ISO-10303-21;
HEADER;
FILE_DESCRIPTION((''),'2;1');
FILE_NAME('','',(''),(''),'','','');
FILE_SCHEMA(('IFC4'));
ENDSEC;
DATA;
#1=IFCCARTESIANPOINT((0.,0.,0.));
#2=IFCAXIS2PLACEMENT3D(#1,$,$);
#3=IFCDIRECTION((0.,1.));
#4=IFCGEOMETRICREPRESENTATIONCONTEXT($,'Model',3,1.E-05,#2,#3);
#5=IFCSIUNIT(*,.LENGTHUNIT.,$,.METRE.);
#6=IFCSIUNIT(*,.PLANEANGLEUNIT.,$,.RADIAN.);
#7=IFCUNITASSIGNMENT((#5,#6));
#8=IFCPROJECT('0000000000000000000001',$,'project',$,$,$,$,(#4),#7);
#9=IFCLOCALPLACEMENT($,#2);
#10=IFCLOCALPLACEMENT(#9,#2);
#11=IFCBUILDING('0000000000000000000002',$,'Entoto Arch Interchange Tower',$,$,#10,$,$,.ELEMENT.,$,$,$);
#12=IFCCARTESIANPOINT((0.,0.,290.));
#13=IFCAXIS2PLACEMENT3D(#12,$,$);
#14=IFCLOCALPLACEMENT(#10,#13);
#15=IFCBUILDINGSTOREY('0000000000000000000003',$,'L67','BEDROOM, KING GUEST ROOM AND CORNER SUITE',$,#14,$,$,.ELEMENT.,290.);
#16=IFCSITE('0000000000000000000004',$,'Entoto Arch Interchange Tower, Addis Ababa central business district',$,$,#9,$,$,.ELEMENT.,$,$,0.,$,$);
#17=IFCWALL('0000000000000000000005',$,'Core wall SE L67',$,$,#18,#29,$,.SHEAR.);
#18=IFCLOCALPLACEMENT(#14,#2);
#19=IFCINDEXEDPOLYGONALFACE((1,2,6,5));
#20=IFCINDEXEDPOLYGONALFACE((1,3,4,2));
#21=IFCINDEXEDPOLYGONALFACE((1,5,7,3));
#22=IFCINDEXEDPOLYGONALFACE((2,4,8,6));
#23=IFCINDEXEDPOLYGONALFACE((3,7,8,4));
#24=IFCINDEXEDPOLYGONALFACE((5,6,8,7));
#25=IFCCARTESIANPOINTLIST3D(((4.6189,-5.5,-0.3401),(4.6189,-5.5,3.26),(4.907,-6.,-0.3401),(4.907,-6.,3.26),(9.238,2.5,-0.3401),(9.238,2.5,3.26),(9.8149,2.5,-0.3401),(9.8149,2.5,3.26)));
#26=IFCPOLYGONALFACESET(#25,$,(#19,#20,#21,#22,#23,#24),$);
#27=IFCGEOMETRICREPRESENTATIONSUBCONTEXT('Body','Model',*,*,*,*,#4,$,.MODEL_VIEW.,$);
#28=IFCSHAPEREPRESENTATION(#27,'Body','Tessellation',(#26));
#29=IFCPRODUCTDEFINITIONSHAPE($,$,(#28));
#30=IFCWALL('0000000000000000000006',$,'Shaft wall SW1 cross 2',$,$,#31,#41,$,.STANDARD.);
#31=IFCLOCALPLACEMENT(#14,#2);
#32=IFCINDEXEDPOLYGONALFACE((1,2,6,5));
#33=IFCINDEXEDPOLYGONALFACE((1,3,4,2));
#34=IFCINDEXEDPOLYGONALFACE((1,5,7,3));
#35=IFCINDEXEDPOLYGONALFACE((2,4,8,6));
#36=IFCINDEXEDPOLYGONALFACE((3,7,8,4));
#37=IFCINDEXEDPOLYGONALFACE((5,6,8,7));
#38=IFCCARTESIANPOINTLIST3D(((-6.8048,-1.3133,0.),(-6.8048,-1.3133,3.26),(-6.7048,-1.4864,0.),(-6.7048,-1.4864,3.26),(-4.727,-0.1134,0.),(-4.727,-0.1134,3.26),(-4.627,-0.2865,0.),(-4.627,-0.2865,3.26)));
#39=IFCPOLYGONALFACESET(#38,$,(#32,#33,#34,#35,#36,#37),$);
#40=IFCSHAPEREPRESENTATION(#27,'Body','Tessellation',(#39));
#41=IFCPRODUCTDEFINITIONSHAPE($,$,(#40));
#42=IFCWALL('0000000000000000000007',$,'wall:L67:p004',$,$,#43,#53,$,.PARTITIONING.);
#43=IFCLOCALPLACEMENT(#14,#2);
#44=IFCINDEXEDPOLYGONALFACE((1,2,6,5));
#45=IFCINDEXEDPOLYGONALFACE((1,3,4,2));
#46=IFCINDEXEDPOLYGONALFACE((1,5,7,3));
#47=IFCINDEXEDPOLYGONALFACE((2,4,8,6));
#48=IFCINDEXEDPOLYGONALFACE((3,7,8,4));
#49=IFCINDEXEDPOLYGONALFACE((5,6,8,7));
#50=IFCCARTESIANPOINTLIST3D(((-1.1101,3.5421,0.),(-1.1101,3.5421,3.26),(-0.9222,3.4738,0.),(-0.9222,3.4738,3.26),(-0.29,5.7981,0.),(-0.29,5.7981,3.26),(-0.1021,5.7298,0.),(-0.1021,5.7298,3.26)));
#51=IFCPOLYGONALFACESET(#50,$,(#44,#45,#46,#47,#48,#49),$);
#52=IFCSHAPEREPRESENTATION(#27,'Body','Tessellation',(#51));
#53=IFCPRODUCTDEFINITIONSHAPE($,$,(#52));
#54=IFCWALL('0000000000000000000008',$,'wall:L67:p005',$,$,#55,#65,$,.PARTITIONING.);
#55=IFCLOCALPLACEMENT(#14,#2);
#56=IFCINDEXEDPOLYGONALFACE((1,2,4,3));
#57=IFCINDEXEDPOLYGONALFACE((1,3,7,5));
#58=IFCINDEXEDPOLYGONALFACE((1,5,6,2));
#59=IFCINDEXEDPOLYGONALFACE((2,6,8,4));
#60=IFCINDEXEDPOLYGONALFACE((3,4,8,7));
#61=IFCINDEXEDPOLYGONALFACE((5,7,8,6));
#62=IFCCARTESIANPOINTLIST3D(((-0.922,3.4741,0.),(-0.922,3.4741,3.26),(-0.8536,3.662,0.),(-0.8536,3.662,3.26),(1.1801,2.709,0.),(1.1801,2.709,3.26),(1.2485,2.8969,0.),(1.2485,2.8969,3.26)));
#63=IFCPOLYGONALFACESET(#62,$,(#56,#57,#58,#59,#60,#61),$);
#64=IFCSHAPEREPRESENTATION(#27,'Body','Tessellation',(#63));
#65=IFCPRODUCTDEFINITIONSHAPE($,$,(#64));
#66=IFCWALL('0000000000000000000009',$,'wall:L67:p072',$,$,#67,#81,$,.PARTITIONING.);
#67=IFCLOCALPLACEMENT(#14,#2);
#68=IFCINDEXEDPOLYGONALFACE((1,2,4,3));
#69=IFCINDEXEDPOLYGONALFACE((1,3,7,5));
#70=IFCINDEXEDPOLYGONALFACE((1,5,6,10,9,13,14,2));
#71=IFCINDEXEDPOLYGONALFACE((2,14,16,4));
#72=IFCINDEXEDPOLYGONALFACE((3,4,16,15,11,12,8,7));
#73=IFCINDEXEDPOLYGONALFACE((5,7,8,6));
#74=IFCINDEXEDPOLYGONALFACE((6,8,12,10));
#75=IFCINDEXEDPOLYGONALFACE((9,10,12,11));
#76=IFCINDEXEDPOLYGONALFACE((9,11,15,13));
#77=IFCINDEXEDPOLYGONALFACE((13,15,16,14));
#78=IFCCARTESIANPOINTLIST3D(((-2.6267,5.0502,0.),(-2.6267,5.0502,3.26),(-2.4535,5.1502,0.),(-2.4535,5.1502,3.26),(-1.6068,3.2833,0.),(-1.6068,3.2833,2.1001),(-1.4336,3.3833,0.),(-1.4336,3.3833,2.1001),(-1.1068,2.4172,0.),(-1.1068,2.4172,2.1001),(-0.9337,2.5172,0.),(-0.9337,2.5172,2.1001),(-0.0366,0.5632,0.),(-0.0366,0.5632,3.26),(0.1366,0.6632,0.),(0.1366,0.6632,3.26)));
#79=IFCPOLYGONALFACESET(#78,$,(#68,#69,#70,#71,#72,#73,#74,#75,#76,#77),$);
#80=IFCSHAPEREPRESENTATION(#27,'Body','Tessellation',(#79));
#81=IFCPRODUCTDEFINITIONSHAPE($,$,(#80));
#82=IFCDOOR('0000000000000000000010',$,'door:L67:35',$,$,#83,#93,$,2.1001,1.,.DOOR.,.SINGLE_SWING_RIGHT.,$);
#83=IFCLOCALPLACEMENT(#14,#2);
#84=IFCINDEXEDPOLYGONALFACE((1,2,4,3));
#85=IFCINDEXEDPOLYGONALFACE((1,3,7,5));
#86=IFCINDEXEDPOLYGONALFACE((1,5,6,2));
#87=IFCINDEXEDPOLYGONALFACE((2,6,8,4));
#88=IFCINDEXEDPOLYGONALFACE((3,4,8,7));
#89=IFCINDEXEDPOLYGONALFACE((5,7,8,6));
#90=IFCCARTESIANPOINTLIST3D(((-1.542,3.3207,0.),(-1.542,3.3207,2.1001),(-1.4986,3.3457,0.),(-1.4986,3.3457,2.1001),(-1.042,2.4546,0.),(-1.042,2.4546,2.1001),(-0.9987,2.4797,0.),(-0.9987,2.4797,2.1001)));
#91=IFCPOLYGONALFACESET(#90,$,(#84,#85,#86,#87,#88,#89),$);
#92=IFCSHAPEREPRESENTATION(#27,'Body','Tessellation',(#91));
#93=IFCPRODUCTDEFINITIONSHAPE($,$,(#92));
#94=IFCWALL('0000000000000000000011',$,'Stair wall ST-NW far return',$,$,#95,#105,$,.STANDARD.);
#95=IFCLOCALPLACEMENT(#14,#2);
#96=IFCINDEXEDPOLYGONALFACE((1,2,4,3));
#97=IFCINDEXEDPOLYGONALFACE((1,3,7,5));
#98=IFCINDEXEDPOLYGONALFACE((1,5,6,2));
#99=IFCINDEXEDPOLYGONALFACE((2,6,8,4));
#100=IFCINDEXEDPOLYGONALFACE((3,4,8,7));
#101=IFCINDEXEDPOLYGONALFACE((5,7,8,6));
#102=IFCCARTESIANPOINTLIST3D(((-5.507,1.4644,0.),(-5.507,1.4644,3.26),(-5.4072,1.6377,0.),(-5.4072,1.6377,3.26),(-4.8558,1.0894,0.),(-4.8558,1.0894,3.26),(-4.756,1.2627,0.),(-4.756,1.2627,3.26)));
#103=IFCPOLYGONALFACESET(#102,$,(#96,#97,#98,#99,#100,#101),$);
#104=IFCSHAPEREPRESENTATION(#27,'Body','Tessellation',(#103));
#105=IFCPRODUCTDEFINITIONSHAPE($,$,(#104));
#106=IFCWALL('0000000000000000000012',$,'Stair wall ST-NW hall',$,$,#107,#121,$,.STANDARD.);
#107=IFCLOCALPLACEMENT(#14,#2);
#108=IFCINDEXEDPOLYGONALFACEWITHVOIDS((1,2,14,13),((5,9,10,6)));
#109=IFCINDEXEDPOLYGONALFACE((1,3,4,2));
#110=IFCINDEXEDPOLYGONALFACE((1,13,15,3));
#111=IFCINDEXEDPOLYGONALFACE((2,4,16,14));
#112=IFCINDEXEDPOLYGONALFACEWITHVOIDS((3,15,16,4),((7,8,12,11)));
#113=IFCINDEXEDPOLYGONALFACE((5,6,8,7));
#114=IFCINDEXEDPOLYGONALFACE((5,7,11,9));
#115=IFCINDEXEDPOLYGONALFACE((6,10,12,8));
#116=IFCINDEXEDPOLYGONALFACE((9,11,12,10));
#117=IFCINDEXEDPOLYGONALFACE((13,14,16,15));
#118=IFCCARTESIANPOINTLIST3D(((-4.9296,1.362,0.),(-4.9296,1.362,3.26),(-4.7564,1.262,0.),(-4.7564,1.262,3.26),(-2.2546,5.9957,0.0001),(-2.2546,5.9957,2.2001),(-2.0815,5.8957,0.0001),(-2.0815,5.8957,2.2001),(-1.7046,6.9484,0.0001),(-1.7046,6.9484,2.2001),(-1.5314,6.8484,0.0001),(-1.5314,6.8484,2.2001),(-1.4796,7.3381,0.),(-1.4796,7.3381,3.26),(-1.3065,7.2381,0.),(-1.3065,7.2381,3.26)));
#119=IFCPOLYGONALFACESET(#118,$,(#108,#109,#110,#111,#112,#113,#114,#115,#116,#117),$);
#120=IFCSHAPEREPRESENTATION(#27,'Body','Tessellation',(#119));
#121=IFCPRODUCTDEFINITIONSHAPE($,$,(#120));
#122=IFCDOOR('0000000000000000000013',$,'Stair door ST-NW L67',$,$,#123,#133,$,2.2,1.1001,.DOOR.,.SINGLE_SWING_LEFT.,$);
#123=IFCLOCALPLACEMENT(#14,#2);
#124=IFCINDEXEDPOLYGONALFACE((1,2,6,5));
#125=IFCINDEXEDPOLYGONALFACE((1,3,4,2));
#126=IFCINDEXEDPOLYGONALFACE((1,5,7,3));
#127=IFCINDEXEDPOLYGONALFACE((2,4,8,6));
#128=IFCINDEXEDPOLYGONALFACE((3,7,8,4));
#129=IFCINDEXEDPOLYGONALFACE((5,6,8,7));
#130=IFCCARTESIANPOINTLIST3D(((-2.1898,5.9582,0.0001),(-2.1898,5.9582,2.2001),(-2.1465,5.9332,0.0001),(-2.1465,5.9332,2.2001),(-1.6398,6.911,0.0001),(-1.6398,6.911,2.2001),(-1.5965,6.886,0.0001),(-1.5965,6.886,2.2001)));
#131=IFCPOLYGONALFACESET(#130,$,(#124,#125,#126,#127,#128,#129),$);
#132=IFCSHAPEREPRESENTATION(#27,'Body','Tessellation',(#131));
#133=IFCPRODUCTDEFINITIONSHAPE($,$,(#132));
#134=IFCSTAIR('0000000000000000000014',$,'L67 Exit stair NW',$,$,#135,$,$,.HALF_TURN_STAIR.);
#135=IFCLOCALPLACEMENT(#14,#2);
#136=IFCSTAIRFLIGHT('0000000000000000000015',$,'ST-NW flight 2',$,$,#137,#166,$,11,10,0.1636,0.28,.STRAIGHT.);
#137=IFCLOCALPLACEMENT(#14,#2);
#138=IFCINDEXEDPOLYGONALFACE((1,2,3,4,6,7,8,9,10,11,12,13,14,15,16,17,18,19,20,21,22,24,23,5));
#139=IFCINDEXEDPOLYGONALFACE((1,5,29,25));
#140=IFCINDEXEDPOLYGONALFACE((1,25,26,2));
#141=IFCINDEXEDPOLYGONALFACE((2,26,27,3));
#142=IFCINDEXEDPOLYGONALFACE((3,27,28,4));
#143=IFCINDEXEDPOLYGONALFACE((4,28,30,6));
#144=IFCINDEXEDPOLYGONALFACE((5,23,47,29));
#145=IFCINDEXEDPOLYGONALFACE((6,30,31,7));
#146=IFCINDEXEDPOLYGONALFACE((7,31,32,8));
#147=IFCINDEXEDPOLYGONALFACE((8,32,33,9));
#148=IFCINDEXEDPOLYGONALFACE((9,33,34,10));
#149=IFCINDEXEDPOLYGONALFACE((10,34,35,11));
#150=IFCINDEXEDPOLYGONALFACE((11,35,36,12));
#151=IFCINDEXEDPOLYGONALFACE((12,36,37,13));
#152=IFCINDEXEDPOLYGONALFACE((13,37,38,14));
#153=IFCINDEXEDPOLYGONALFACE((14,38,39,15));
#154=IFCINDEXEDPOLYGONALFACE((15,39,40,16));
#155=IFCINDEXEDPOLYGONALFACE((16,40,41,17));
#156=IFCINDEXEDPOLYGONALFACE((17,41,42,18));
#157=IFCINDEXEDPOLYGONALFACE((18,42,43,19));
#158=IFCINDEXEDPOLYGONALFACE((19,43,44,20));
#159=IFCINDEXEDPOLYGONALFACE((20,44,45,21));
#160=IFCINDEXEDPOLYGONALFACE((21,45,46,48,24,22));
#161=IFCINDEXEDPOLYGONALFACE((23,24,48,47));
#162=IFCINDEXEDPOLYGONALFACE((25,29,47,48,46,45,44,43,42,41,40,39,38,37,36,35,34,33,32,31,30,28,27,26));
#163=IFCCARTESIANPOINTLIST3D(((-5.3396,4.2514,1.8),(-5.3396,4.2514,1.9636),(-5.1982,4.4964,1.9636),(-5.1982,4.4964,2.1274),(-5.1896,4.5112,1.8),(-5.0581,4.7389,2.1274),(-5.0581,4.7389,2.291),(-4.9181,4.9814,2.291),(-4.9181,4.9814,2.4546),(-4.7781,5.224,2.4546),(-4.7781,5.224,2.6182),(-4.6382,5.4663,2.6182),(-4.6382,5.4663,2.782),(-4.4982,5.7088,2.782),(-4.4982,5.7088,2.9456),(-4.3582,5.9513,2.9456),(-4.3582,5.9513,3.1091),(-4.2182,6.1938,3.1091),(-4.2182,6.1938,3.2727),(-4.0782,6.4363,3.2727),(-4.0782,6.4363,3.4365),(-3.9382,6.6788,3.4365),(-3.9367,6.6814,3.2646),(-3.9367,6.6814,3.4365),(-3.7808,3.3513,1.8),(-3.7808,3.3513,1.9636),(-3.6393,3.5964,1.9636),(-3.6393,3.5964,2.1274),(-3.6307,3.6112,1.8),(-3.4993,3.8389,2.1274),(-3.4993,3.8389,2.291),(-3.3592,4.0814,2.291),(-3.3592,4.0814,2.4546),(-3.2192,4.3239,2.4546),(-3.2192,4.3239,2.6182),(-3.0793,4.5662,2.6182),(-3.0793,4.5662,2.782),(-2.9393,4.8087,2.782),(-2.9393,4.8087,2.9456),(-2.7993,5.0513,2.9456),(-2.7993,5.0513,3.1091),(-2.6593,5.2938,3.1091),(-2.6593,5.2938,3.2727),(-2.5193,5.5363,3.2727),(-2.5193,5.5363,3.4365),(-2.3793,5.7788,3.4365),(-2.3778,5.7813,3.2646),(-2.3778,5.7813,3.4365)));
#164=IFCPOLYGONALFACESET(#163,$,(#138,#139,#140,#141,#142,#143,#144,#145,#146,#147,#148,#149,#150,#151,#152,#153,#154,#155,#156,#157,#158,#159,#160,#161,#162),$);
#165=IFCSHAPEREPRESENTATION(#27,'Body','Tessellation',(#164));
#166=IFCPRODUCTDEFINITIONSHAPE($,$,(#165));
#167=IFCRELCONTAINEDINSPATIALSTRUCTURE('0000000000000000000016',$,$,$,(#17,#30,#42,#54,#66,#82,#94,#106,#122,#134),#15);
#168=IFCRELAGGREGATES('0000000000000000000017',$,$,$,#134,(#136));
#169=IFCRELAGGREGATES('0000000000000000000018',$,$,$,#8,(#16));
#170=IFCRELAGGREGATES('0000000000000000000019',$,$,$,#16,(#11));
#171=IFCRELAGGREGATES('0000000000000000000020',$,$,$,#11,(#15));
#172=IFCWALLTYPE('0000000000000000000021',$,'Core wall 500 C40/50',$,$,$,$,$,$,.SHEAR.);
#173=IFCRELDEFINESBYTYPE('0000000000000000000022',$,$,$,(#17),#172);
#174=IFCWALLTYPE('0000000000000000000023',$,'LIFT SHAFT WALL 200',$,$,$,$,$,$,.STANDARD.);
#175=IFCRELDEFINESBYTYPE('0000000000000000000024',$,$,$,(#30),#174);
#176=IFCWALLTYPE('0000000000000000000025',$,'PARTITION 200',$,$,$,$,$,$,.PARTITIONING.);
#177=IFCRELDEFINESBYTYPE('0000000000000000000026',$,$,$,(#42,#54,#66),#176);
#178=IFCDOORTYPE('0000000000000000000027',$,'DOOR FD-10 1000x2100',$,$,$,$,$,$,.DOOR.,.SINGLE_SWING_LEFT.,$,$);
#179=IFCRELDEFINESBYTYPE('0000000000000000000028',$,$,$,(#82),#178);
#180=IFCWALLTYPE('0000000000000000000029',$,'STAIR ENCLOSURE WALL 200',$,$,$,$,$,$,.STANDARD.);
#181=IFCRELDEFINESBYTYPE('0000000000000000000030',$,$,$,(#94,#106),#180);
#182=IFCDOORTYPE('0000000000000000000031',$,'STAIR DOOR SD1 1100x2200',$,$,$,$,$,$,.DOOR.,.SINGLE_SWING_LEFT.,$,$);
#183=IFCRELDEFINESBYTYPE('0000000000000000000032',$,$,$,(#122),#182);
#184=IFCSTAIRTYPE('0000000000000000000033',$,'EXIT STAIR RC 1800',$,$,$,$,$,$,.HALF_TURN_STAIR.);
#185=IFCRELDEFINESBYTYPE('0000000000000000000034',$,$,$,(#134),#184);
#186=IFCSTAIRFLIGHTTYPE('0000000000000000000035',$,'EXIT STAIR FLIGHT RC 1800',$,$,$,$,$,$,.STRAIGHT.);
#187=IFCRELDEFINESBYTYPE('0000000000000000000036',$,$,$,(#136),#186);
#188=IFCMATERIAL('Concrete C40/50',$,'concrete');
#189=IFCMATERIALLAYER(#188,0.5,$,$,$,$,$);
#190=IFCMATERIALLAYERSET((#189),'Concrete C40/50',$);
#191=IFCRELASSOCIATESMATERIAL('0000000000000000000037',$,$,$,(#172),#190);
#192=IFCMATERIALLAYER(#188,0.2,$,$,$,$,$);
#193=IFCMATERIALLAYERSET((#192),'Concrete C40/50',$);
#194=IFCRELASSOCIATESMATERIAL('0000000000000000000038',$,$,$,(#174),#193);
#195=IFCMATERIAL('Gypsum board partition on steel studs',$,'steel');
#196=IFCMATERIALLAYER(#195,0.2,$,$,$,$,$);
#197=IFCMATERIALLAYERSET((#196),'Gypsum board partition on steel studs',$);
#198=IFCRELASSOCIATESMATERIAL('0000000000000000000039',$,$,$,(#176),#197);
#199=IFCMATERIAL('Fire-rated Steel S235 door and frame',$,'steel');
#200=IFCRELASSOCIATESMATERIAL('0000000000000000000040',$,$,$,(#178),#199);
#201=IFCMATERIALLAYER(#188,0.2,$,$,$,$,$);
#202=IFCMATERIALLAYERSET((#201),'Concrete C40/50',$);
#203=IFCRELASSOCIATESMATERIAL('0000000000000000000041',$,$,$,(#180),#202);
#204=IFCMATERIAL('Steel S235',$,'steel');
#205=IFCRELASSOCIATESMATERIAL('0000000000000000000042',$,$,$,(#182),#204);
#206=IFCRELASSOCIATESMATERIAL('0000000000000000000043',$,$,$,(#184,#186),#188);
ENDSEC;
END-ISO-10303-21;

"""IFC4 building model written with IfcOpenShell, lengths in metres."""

from ifc_helpers import new_model, si_unit, direction, frame, frame_2d, origin, place, context, subcontext, project, spatial, polyline, rectangle, outline, extrude, material, layer, layer_set, type_object, element, fill, aggregate, save


model = new_model("IFC4")

# Units and contexts
model_context = context("Model", 3, precision=1e-05, world=origin(), true_north=direction((0.0, 1.0)))
body_context = subcontext(model_context, "Body", "Model", "MODEL_VIEW")
ifc_project = project(units=[si_unit("LENGTHUNIT", "METRE"), si_unit("PLANEANGLEUNIT", "RADIAN")], contexts=[model_context])

# Site, building, storey
site_placement = place(None, origin())
site = spatial("IfcSite", under=ifc_project, at=site_placement, Name="Entoto Arch Interchange Tower, Addis Ababa central business district", CompositionType="ELEMENT", RefElevation=0.0)
building_placement = place(site_placement, origin())
building = spatial("IfcBuilding", under=site, at=building_placement, Name="Entoto Arch Interchange Tower", CompositionType="ELEMENT")
storey_placement = place(building_placement, frame((0.0, 0.0, 290.0)))
storey = spatial("IfcBuildingStorey", under=building, at=storey_placement, Name="L67", Description="BEDROOM, KING GUEST ROOM AND CORNER SUITE", CompositionType="ELEMENT", Elevation=290.0)

# Shared definitions
ifc_material_1 = material(Name="Concrete C40/50", Category="concrete")

# Walls
ifc_layer_1 = layer(ifc_material_1, 0.5)
ifc_layer_set_1 = layer_set([ifc_layer_1], Name="Concrete C40/50")
wall_type_1 = type_object("IfcWallType", Name="Core wall 500 C40/50", PredefinedType="SHEAR", material=ifc_layer_set_1)
wall_1_placement = place(storey_placement, frame((0.0, 0.0, -0.3401)))
element("IfcWall", 1, at=wall_1_placement, inside=storey, type_object=wall_type_1, Name="Core wall SE L67", PredefinedType="SHEAR", context=body_context, shape_type="SweptSolid", body=[
    extrude(outline(polyline([(4.907, -6.0), (9.8149, 2.5), (9.238, 2.5), (4.6189, -5.5), (4.907, -6.0)])), origin(), (0.0, 0.0, 1.0), 3.6001),
])
ifc_layer_2 = layer(ifc_material_1, 0.2)
ifc_layer_set_2 = layer_set([ifc_layer_2], Name="Concrete C40/50")
wall_type_2 = type_object("IfcWallType", Name="LIFT SHAFT WALL 200", PredefinedType="STANDARD", material=ifc_layer_set_2)
wall_2_placement = place(storey_placement, frame((-4.677, -0.2, 0.0), z_axis=(0.0, 0.0, 1.0), x_axis=(-0.865974, -0.500089, 0.0)))
element("IfcWall", 2, at=wall_2_placement, inside=storey, type_object=wall_type_2, Name="Shaft wall SW1 cross 2", PredefinedType="STANDARD", context=body_context, shape_type="SweptSolid", body=[
    extrude(rectangle(XDim=2.3994, YDim=0.2, at=frame_2d((1.1997, 0.0))), origin(), (0.0, 0.0, 1.0), 3.26),
])
ifc_material_2 = material(Name="Gypsum board partition on steel studs", Category="steel")
ifc_layer_3 = layer(ifc_material_2, 0.2)
ifc_layer_set_3 = layer_set([ifc_layer_3], Name="Gypsum board partition on steel studs")
wall_type_3 = type_object("IfcWallType", Name="PARTITION 200", PredefinedType="PARTITIONING", material=ifc_layer_set_3)
wall_3_placement = place(storey_placement, frame((-0.196, 5.7639, 0.0), z_axis=(0.0, 0.0, 1.0), x_axis=(-0.341653, -0.939826, 0.0)))
element("IfcWall", 3, at=wall_3_placement, inside=storey, type_object=wall_type_3, Name="wall:L67:p004", PredefinedType="PARTITIONING", context=body_context, shape_type="SweptSolid", body=[
    extrude(rectangle(XDim=2.4004, YDim=0.2, at=frame_2d((1.2002, 0.0))), origin(), (0.0, 0.0, 1.0), 3.26),
])
wall_4_placement = place(storey_placement, frame((-0.8879, 3.5681, 0.0), z_axis=(0.0, 0.0, 1.0), x_axis=(0.939685, -0.342041, 0.0)))
element("IfcWall", 4, at=wall_4_placement, inside=storey, type_object=wall_type_3, Name="wall:L67:p005", PredefinedType="PARTITIONING", context=body_context, shape_type="SweptSolid", body=[
    extrude(rectangle(XDim=2.2371, YDim=0.2, at=frame_2d((1.1187, 0.0))), origin(), (0.0, 0.0, 1.0), 3.26),
])

# Wall, opening, door
wall_5_placement = place(storey_placement, frame((-2.54, 5.1001, 0.0), z_axis=(0.0, 0.0, 1.0), x_axis=(0.499925, -0.866069, 0.0)))
wall_5 = element("IfcWall", 5, at=wall_5_placement, inside=storey, type_object=wall_type_3, Name="wall:L67:p072", PredefinedType="PARTITIONING", context=body_context, shape_type="SweptSolid", body=[
    extrude(rectangle(XDim=5.1809, YDim=0.2, at=frame_2d((2.5903, 0.0))), origin(), (0.0, 0.0, 1.0), 3.26),
])
opening_1_placement = place(wall_5_placement, frame((2.04, 0.0, 0.0)))
opening_1 = element("IfcOpeningElement", 6, at=opening_1_placement, cuts=wall_5, PredefinedType="OPENING", context=body_context, shape_type="SweptSolid", body=[
    extrude(rectangle(XDim=1.0, YDim=2.1001, at=frame_2d((0.5, 1.05))), frame((0.0, 0.1099, 0.0), z_axis=(0.0, -1.0, 0.0), x_axis=(1.0, 0.0, 0.0)), (0.0, 0.0, 1.0), 0.22),
])
ifc_material_3 = material(Name="Fire-rated Steel S235 door and frame", Category="steel")
door_type_1 = type_object("IfcDoorType", Name="DOOR FD-10 1000x2100", OperationType="SINGLE_SWING_LEFT", PredefinedType="DOOR", material=ifc_material_3)
door_1_placement = place(opening_1_placement, origin())
door_1 = element("IfcDoor", 7, at=door_1_placement, inside=storey, type_object=door_type_1, Name="door:L67:35", OperationType="SINGLE_SWING_RIGHT", OverallHeight=2.1001, OverallWidth=1.0, PredefinedType="DOOR", context=body_context, shape_type="SweptSolid", body=[
    extrude(rectangle(XDim=1.0, YDim=2.1001, at=frame_2d((0.5, 1.05))), frame((0.0, 0.0249, 0.0), z_axis=(0.0, -1.0, 0.0), x_axis=(1.0, 0.0, 0.0)), (0.0, 0.0, 1.0), 0.05),
])
fill(opening_1, door_1)

# Wall
ifc_layer_4 = layer(ifc_material_1, 0.2)
ifc_layer_set_4 = layer_set([ifc_layer_4], Name="Concrete C40/50")
wall_type_4 = type_object("IfcWallType", Name="STAIR ENCLOSURE WALL 200", PredefinedType="STANDARD", material=ifc_layer_set_4)
wall_6_placement = place(storey_placement, frame((-4.8059, 1.176, 0.0), z_axis=(0.0, 0.0, 1.0), x_axis=(-0.866559, 0.499075, 0.0)))
element("IfcWall", 8, at=wall_6_placement, inside=storey, type_object=wall_type_4, Name="Stair wall ST-NW far return", PredefinedType="STANDARD", context=body_context, shape_type="SweptSolid", body=[
    extrude(rectangle(XDim=0.7515, YDim=0.2, at=frame_2d((0.3757, 0.0))), origin(), (0.0, 0.0, 1.0), 3.26),
])

# Wall, opening, door
wall_7_placement = place(storey_placement, frame((-1.3931, 7.2881, 0.0), z_axis=(0.0, 0.0, 1.0), x_axis=(-0.499963, -0.866047, 0.0)))
wall_7 = element("IfcWall", 9, at=wall_7_placement, inside=storey, type_object=wall_type_4, Name="Stair wall ST-NW hall", PredefinedType="STANDARD", context=body_context, shape_type="SweptSolid", body=[
    extrude(rectangle(XDim=6.9004, YDim=0.2, at=frame_2d((3.4502, 0.0))), origin(), (0.0, 0.0, 1.0), 3.26),
])
opening_2_placement = place(wall_7_placement, frame((0.45, 0.0, 0.0)))
opening_2 = element("IfcOpeningElement", 10, at=opening_2_placement, cuts=wall_7, PredefinedType="OPENING", context=body_context, shape_type="SweptSolid", body=[
    extrude(rectangle(XDim=1.1001, YDim=2.2, at=frame_2d((0.55, 1.1001))), frame((0.0, 0.1099, 0.0), z_axis=(0.0, -1.0, 0.0), x_axis=(1.0, 0.0, 0.0)), (0.0, 0.0, 1.0), 0.22),
])
ifc_material_4 = material(Name="Steel S235", Category="steel")
door_type_2 = type_object("IfcDoorType", Name="STAIR DOOR SD1 1100x2200", OperationType="SINGLE_SWING_LEFT", PredefinedType="DOOR", material=ifc_material_4)
door_2_placement = place(opening_2_placement, origin())
door_2 = element("IfcDoor", 11, at=door_2_placement, inside=storey, type_object=door_type_2, Name="Stair door ST-NW L67", OperationType="SINGLE_SWING_LEFT", OverallHeight=2.2, OverallWidth=1.1001, PredefinedType="DOOR", context=body_context, shape_type="SweptSolid", body=[
    extrude(rectangle(XDim=1.1001, YDim=2.2, at=frame_2d((0.55, 1.1001))), frame((0.0, 0.0249, 0.0), z_axis=(0.0, -1.0, 0.0), x_axis=(1.0, 0.0, 0.0)), (0.0, 0.0, 1.0), 0.05),
])
fill(opening_2, door_2)

# Stair, stair flight
stair_type = type_object("IfcStairType", Name="EXIT STAIR RC 1800", PredefinedType="HALF_TURN_STAIR", material=ifc_material_1)
stair_placement = place(storey_placement, origin())
stair = element("IfcStair", 12, at=stair_placement, inside=storey, type_object=stair_type, Name="L67 Exit stair NW", PredefinedType="HALF_TURN_STAIR")
stair_flight_type = type_object("IfcStairFlightType", Name="EXIT STAIR FLIGHT RC 1800", PredefinedType="STRAIGHT", material=ifc_material_1)
stair_flight_placement = place(storey_placement, frame((-4.5588, 3.804, 1.8), z_axis=(0.0, 0.0, 1.0), x_axis=(0.5, 0.866025, 0.0)))
stair_flight = element("IfcStairFlight", 13, at=stair_flight_placement, type_object=stair_flight_type, Name="ST-NW flight 2", NumberOfRisers=11, NumberOfTreads=10, PredefinedType="STRAIGHT", RiserHeight=0.1636, TreadLength=0.28, context=body_context, shape_type="SweptSolid", body=[
    extrude(outline(polyline([(-0.0029, 0.0), (-0.0029, 0.1636), (0.28, 0.1636), (0.28, 0.3274), (0.5601, 0.3274), (0.5601, 0.491), (0.8401, 0.491), (0.8401, 0.6545), (1.1201, 0.6545), (1.1201, 0.8181), (1.3999, 0.8181), (1.3999, 0.9819), (1.6799, 0.9819), (1.6799, 1.1455), (1.96, 1.1455), (1.96, 1.3091), (2.24, 1.3091), (2.24, 1.4727), (2.52, 1.4727), (2.52, 1.6365), (2.8, 1.6365), (2.803, 1.6365), (2.803, 1.4646), (0.2971, 0.0), (-0.0029, 0.0)])), frame((0.0, 0.8999, 0.0), z_axis=(0.0, -1.0, 0.0), x_axis=(1.0, 0.0, 0.0)), (0.0, 0.0, 1.0), 1.8),
])
aggregate(stair, [stair_flight])

save(model, "model.ifc")
